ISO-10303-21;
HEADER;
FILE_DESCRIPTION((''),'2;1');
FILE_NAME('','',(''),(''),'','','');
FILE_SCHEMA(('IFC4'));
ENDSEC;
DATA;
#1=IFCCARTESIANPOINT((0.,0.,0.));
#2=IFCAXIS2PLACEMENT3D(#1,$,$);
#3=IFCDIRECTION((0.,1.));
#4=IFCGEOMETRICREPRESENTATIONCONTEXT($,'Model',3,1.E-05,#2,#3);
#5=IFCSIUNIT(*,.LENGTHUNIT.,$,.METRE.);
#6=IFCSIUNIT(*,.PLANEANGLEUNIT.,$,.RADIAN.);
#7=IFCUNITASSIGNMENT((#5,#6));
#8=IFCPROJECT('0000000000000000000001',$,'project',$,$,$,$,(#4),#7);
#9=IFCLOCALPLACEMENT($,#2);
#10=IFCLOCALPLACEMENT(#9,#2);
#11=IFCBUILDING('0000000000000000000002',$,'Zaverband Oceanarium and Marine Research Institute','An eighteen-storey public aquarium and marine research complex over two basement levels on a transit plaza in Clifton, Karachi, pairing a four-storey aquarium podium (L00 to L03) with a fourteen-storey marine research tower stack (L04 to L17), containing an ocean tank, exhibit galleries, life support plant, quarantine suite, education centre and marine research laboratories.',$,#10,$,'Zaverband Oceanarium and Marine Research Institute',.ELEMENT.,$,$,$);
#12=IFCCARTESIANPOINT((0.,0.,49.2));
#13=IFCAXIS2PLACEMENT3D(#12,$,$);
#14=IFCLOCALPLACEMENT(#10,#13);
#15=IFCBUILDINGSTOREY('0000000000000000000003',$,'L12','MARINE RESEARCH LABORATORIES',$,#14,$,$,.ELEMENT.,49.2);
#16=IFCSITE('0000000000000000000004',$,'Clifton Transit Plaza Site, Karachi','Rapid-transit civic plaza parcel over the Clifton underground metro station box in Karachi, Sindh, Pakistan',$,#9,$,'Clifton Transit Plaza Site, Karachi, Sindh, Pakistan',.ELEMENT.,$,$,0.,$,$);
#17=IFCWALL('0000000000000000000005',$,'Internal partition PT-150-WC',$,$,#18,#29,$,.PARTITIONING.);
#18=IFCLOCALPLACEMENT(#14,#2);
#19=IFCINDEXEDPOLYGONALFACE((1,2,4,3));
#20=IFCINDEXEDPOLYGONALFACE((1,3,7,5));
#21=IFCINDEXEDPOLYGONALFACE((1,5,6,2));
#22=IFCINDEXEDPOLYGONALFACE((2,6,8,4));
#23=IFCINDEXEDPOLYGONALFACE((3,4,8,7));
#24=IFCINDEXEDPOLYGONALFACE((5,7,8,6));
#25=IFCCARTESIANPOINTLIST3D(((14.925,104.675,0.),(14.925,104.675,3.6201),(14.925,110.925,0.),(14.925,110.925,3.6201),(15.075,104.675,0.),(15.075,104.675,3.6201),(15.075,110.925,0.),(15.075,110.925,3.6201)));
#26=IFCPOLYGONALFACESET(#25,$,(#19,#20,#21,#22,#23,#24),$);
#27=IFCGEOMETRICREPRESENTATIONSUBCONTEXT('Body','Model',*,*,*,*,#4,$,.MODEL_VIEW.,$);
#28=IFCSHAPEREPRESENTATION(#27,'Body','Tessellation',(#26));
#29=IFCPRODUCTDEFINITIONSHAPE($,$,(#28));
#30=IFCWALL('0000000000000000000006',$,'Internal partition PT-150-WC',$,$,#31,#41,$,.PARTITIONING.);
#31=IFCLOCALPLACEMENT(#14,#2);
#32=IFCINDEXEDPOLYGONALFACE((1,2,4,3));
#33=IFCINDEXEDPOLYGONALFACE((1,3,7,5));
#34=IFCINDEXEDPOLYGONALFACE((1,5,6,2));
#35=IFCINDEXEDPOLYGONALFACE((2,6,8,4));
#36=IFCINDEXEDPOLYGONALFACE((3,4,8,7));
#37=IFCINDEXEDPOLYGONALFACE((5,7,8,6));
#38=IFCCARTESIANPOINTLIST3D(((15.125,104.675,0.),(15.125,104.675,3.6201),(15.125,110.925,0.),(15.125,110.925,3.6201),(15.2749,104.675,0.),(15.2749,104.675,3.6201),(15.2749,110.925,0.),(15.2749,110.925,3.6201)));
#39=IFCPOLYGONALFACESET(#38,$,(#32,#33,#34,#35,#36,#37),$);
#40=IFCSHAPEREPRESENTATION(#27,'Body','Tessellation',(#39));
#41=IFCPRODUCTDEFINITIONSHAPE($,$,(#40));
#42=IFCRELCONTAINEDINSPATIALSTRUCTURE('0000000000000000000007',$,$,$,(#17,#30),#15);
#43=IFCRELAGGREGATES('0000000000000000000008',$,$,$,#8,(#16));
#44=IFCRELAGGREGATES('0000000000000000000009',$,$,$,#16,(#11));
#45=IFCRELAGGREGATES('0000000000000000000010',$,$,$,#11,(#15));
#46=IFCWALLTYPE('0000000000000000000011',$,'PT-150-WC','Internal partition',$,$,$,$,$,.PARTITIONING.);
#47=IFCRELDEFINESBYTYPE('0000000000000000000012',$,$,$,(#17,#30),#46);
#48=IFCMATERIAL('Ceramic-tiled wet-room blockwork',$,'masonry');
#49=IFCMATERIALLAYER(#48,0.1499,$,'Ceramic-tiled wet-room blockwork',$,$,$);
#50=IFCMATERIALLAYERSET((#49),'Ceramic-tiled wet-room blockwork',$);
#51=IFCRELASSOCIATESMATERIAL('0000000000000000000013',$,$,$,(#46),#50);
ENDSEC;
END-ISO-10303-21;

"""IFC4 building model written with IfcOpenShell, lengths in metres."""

from ifc_helpers import new_model, si_unit, direction, frame, frame_2d, origin, place, context, subcontext, project, spatial, rectangle, extrude, material, layer, layer_set, type_object, element, save


model = new_model("IFC4")

# Units and contexts
model_context = context("Model", 3, precision=1e-05, world=origin(), true_north=direction((0.0, 1.0)))
body_context = subcontext(model_context, "Body", "Model", "MODEL_VIEW")
ifc_project = project(units=[si_unit("LENGTHUNIT", "METRE"), si_unit("PLANEANGLEUNIT", "RADIAN")], contexts=[model_context])

# Site, building, storey
site_placement = place(None, origin())
site = spatial("IfcSite", under=ifc_project, at=site_placement, Name="Clifton Transit Plaza Site, Karachi", Description="Rapid-transit civic plaza parcel over the Clifton underground metro station box in Karachi, Sindh, Pakistan", LongName="Clifton Transit Plaza Site, Karachi, Sindh, Pakistan", CompositionType="ELEMENT", RefElevation=0.0)
building_placement = place(site_placement, origin())
building = spatial("IfcBuilding", under=site, at=building_placement, Name="Zaverband Oceanarium and Marine Research Institute", Description="An eighteen-storey public aquarium and marine research complex over two basement levels on a transit plaza in Clifton, Karachi, pairing a four-storey aquarium podium (L00 to L03) with a fourteen-storey marine research tower stack (L04 to L17), containing an ocean tank, exhibit galleries, life support plant, quarantine suite, education centre and marine research laboratories.", LongName="Zaverband Oceanarium and Marine Research Institute", CompositionType="ELEMENT")
storey_placement = place(building_placement, frame((0.0, 0.0, 49.2)))
storey = spatial("IfcBuildingStorey", under=building, at=storey_placement, Name="L12", Description="MARINE RESEARCH LABORATORIES", CompositionType="ELEMENT", Elevation=49.2)

# Shared definitions
ifc_material_1 = material(Name="Ceramic-tiled wet-room blockwork", Category="masonry")
ifc_layer_1 = layer(ifc_material_1, 0.1499, Name="Ceramic-tiled wet-room blockwork")
ifc_layer_set_1 = layer_set([ifc_layer_1], Name="Ceramic-tiled wet-room blockwork")
wall_type_1 = type_object("IfcWallType", Name="PT-150-WC", Description="Internal partition", PredefinedType="PARTITIONING", material=ifc_layer_set_1)

# Walls
for number, where, z_axis, x_axis, name in (
    (1, (15.0, 104.675, 0.0), (0.0, 0.0, 1.0), (0.0, 1.0, 0.0), "Internal partition PT-150-WC"),
    (2, (15.2, 104.675, 0.0), (0.0, 0.0, 1.0), (0.0, 1.0, 0.0), "Internal partition PT-150-WC"),
):
    element("IfcWall", number, at=place(storey_placement, frame(where, z_axis=z_axis, x_axis=x_axis)), inside=storey, type_object=wall_type_1, Name=name, PredefinedType="PARTITIONING", context=body_context, shape_type="SweptSolid", body=[
        extrude(rectangle(XDim=6.25, YDim=0.1499, at=frame_2d((3.125, 0.0))), origin(), (0.0, 0.0, 1.0), 3.6201),
    ])

save(model, "model.ifc")
